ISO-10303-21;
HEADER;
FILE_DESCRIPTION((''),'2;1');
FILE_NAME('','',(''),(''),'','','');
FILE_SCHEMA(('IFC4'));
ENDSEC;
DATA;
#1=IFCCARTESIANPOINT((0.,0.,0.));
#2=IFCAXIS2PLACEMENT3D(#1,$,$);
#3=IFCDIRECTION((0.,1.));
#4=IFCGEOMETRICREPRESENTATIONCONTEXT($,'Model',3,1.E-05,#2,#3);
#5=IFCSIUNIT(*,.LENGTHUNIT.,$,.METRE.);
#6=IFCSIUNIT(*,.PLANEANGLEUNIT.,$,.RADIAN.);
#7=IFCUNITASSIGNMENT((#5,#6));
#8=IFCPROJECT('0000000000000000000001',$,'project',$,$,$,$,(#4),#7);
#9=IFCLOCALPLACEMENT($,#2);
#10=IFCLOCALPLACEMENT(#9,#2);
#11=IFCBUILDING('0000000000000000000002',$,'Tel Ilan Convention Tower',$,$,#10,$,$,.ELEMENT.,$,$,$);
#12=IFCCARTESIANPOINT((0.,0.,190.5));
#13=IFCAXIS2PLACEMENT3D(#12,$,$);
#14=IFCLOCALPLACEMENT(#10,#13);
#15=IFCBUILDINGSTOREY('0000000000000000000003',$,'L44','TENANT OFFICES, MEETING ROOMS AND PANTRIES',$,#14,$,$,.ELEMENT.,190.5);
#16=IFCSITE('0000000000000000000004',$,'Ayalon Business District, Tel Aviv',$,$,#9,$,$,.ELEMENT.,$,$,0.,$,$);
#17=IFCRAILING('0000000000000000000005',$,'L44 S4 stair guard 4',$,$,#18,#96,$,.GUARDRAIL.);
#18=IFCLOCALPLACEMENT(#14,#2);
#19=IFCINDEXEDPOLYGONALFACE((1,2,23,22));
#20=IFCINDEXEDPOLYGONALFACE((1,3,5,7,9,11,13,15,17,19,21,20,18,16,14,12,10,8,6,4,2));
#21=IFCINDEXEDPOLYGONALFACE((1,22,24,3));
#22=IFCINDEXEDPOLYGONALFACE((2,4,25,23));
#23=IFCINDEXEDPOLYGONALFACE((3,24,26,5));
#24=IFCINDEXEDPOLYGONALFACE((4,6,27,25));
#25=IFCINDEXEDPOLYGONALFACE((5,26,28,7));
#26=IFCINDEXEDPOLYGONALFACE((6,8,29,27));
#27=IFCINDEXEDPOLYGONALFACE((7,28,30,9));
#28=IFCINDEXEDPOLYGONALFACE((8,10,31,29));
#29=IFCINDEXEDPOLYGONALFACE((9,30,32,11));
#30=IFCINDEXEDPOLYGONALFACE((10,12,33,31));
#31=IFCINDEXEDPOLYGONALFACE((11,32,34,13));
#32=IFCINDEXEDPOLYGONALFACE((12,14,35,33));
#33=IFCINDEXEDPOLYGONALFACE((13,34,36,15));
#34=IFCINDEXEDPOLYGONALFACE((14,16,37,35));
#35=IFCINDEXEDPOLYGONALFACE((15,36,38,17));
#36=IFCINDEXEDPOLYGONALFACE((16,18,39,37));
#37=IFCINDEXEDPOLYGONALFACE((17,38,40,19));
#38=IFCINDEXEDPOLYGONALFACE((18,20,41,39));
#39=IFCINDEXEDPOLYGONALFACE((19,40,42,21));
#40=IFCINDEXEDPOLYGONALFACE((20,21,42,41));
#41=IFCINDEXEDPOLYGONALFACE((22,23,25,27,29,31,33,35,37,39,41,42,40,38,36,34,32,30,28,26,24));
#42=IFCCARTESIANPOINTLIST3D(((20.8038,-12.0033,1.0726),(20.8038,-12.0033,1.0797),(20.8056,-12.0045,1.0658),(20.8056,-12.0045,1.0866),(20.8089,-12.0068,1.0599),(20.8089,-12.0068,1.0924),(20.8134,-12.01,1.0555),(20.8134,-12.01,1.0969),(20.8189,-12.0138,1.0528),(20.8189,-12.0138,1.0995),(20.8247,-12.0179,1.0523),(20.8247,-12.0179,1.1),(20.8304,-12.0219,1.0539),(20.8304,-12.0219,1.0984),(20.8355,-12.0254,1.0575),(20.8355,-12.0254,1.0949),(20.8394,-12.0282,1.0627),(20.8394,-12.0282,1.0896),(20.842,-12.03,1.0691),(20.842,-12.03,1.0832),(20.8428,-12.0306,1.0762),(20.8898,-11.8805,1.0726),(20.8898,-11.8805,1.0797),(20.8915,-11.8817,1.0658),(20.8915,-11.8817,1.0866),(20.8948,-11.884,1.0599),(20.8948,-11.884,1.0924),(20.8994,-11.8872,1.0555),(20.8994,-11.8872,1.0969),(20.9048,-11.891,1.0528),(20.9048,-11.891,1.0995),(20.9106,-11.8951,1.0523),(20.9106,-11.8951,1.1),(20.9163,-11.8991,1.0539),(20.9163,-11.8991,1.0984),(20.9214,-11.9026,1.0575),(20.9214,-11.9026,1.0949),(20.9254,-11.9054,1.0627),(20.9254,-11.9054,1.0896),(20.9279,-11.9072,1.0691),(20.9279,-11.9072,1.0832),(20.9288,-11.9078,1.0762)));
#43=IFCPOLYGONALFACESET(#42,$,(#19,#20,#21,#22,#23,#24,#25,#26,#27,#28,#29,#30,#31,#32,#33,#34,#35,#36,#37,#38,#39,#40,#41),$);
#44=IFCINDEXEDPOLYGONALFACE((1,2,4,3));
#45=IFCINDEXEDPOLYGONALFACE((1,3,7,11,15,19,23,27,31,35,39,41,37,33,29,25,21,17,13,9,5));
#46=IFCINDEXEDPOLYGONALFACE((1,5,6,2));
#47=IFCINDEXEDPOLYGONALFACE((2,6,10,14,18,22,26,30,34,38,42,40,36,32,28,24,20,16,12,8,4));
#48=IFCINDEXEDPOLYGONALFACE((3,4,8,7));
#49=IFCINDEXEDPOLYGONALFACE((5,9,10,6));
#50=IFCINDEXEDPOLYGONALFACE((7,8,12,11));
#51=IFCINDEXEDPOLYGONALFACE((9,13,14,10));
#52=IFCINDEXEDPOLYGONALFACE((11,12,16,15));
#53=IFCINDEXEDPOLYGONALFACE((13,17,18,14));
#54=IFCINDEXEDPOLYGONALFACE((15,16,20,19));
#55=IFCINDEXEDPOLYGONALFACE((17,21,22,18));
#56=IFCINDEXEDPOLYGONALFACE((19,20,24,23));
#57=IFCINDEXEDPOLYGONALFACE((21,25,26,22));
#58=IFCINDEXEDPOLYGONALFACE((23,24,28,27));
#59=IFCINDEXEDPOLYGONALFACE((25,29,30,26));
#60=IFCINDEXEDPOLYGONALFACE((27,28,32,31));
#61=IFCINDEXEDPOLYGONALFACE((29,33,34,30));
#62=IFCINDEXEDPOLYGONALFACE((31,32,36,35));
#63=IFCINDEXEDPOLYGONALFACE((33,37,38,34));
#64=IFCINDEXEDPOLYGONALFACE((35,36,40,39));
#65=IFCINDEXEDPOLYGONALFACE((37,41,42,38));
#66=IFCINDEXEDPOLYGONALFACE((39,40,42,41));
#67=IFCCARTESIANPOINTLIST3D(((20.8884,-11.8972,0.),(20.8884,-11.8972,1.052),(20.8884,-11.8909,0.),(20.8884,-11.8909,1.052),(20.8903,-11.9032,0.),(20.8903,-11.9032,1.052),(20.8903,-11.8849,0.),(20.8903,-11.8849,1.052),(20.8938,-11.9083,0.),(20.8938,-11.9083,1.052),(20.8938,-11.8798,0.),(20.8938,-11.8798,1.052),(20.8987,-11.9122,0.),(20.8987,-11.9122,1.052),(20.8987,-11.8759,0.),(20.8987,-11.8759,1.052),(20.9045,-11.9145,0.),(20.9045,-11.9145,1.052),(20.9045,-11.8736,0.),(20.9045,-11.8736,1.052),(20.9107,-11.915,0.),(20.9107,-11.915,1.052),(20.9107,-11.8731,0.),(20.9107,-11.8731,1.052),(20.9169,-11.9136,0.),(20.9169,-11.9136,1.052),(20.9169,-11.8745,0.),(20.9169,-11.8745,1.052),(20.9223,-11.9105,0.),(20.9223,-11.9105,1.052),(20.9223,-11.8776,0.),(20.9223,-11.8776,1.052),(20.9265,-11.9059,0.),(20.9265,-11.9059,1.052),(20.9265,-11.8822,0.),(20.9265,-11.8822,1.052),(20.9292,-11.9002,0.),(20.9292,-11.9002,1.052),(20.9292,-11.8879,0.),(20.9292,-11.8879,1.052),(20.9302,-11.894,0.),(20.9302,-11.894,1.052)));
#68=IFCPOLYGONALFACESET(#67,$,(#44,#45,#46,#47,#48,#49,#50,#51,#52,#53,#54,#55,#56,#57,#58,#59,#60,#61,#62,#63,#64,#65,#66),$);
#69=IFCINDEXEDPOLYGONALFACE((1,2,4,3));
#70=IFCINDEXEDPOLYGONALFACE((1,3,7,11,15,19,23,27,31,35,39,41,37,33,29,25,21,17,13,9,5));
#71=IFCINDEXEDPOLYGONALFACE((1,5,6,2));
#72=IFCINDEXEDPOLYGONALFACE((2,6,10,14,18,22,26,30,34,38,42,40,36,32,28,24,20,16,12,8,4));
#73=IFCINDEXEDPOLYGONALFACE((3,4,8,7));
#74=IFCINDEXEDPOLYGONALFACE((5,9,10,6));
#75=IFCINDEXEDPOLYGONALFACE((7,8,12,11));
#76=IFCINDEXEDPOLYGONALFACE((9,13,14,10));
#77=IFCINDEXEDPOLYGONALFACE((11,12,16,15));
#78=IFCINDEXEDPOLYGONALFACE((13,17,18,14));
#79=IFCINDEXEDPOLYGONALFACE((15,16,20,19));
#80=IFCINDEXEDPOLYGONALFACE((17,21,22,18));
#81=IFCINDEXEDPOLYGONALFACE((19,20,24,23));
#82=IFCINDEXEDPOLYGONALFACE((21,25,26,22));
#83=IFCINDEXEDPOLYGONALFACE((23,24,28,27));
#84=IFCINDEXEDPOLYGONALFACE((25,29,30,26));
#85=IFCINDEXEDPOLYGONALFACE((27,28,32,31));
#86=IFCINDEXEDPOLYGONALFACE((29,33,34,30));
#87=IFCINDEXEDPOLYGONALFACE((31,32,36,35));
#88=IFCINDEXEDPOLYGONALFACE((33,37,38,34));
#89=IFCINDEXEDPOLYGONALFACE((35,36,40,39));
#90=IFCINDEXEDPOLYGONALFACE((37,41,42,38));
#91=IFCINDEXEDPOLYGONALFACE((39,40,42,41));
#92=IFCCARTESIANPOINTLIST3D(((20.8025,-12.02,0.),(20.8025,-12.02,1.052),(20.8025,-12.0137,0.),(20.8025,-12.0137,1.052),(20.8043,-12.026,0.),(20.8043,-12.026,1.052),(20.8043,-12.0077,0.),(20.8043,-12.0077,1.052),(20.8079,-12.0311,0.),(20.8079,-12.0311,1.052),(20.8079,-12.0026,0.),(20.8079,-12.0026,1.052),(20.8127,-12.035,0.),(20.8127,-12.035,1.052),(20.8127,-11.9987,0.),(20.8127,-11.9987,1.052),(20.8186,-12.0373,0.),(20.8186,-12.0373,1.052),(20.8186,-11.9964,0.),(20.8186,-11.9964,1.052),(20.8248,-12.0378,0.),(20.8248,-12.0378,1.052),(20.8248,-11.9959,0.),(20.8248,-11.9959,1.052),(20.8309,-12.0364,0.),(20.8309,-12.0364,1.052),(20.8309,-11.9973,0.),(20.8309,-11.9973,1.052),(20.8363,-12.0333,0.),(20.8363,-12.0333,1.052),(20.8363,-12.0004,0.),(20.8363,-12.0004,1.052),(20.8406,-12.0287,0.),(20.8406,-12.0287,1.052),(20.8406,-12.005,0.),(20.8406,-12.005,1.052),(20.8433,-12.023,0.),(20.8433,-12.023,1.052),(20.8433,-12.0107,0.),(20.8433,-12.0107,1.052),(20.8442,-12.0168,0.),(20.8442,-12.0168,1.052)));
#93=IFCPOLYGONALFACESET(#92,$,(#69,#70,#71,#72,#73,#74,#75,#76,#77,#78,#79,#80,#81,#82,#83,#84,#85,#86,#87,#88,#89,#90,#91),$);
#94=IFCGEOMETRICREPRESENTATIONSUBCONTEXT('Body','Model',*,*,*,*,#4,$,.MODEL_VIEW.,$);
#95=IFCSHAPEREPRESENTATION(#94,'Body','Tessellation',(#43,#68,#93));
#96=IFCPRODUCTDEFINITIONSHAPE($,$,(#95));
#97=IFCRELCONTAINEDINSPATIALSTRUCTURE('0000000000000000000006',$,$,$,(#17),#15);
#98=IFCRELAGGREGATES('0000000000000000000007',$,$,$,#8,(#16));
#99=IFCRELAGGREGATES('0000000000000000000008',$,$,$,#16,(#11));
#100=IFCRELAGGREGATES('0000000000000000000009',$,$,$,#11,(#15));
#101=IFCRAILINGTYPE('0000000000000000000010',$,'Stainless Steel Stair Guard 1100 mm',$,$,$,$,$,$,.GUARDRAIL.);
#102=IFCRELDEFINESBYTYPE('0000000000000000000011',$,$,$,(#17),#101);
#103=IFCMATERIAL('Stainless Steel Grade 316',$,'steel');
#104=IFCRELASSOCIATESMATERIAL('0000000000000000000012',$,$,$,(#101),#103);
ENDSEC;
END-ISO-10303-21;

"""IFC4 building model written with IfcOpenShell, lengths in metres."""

from ifc_helpers import new_model, si_unit, direction, frame, origin, origin_2d, place, context, subcontext, project, spatial, circle, extrude, material, type_object, element, save


model = new_model("IFC4")

# Units and contexts
model_context = context("Model", 3, precision=1e-05, world=origin(), true_north=direction((0.0, 1.0)))
body_context = subcontext(model_context, "Body", "Model", "MODEL_VIEW")
ifc_project = project(units=[si_unit("LENGTHUNIT", "METRE"), si_unit("PLANEANGLEUNIT", "RADIAN")], contexts=[model_context])

# Site, building, storey
site_placement = place(None, origin())
site = spatial("IfcSite", under=ifc_project, at=site_placement, Name="Ayalon Business District, Tel Aviv", CompositionType="ELEMENT", RefElevation=0.0)
building_placement = place(site_placement, origin())
building = spatial("IfcBuilding", under=site, at=building_placement, Name="Tel Ilan Convention Tower", CompositionType="ELEMENT")
storey_placement = place(building_placement, frame((0.0, 0.0, 190.5)))
storey = spatial("IfcBuildingStorey", under=building, at=storey_placement, Name="L44", Description="TENANT OFFICES, MEETING ROOMS AND PANTRIES", CompositionType="ELEMENT", Elevation=190.5)

# Railing
ifc_material_1 = material(Name="Stainless Steel Grade 316", Category="steel")
railing_type_1 = type_object("IfcRailingType", Name="Stainless Steel Stair Guard 1100 mm", PredefinedType="GUARDRAIL", material=ifc_material_1)
railing_1_placement = place(storey_placement, frame((20.9092, -11.894, 0.0)))
element("IfcRailing", 1, at=railing_1_placement, inside=storey, type_object=railing_type_1, Name="L44 S4 stair guard 4", PredefinedType="GUARDRAIL", context=body_context, shape_type="SweptSolid", body=[
    extrude(circle(Radius=0.0239, at=origin_2d()), frame((0.0, 0.0, 1.0762), z_axis=(-0.573353, -0.819308, 0.0), x_axis=(0.819308, -0.573353, 0.0)), (0.0, 0.0, 1.0), 0.1499),
    extrude(circle(Radius=0.021, at=origin_2d()), origin(), (0.0, 0.0, 1.0), 1.052),
    extrude(circle(Radius=0.021, at=origin_2d()), frame((-0.0859, -0.1228, 0.0)), (0.0, 0.0, 1.0), 1.052),
])

save(model, "model.ifc")
